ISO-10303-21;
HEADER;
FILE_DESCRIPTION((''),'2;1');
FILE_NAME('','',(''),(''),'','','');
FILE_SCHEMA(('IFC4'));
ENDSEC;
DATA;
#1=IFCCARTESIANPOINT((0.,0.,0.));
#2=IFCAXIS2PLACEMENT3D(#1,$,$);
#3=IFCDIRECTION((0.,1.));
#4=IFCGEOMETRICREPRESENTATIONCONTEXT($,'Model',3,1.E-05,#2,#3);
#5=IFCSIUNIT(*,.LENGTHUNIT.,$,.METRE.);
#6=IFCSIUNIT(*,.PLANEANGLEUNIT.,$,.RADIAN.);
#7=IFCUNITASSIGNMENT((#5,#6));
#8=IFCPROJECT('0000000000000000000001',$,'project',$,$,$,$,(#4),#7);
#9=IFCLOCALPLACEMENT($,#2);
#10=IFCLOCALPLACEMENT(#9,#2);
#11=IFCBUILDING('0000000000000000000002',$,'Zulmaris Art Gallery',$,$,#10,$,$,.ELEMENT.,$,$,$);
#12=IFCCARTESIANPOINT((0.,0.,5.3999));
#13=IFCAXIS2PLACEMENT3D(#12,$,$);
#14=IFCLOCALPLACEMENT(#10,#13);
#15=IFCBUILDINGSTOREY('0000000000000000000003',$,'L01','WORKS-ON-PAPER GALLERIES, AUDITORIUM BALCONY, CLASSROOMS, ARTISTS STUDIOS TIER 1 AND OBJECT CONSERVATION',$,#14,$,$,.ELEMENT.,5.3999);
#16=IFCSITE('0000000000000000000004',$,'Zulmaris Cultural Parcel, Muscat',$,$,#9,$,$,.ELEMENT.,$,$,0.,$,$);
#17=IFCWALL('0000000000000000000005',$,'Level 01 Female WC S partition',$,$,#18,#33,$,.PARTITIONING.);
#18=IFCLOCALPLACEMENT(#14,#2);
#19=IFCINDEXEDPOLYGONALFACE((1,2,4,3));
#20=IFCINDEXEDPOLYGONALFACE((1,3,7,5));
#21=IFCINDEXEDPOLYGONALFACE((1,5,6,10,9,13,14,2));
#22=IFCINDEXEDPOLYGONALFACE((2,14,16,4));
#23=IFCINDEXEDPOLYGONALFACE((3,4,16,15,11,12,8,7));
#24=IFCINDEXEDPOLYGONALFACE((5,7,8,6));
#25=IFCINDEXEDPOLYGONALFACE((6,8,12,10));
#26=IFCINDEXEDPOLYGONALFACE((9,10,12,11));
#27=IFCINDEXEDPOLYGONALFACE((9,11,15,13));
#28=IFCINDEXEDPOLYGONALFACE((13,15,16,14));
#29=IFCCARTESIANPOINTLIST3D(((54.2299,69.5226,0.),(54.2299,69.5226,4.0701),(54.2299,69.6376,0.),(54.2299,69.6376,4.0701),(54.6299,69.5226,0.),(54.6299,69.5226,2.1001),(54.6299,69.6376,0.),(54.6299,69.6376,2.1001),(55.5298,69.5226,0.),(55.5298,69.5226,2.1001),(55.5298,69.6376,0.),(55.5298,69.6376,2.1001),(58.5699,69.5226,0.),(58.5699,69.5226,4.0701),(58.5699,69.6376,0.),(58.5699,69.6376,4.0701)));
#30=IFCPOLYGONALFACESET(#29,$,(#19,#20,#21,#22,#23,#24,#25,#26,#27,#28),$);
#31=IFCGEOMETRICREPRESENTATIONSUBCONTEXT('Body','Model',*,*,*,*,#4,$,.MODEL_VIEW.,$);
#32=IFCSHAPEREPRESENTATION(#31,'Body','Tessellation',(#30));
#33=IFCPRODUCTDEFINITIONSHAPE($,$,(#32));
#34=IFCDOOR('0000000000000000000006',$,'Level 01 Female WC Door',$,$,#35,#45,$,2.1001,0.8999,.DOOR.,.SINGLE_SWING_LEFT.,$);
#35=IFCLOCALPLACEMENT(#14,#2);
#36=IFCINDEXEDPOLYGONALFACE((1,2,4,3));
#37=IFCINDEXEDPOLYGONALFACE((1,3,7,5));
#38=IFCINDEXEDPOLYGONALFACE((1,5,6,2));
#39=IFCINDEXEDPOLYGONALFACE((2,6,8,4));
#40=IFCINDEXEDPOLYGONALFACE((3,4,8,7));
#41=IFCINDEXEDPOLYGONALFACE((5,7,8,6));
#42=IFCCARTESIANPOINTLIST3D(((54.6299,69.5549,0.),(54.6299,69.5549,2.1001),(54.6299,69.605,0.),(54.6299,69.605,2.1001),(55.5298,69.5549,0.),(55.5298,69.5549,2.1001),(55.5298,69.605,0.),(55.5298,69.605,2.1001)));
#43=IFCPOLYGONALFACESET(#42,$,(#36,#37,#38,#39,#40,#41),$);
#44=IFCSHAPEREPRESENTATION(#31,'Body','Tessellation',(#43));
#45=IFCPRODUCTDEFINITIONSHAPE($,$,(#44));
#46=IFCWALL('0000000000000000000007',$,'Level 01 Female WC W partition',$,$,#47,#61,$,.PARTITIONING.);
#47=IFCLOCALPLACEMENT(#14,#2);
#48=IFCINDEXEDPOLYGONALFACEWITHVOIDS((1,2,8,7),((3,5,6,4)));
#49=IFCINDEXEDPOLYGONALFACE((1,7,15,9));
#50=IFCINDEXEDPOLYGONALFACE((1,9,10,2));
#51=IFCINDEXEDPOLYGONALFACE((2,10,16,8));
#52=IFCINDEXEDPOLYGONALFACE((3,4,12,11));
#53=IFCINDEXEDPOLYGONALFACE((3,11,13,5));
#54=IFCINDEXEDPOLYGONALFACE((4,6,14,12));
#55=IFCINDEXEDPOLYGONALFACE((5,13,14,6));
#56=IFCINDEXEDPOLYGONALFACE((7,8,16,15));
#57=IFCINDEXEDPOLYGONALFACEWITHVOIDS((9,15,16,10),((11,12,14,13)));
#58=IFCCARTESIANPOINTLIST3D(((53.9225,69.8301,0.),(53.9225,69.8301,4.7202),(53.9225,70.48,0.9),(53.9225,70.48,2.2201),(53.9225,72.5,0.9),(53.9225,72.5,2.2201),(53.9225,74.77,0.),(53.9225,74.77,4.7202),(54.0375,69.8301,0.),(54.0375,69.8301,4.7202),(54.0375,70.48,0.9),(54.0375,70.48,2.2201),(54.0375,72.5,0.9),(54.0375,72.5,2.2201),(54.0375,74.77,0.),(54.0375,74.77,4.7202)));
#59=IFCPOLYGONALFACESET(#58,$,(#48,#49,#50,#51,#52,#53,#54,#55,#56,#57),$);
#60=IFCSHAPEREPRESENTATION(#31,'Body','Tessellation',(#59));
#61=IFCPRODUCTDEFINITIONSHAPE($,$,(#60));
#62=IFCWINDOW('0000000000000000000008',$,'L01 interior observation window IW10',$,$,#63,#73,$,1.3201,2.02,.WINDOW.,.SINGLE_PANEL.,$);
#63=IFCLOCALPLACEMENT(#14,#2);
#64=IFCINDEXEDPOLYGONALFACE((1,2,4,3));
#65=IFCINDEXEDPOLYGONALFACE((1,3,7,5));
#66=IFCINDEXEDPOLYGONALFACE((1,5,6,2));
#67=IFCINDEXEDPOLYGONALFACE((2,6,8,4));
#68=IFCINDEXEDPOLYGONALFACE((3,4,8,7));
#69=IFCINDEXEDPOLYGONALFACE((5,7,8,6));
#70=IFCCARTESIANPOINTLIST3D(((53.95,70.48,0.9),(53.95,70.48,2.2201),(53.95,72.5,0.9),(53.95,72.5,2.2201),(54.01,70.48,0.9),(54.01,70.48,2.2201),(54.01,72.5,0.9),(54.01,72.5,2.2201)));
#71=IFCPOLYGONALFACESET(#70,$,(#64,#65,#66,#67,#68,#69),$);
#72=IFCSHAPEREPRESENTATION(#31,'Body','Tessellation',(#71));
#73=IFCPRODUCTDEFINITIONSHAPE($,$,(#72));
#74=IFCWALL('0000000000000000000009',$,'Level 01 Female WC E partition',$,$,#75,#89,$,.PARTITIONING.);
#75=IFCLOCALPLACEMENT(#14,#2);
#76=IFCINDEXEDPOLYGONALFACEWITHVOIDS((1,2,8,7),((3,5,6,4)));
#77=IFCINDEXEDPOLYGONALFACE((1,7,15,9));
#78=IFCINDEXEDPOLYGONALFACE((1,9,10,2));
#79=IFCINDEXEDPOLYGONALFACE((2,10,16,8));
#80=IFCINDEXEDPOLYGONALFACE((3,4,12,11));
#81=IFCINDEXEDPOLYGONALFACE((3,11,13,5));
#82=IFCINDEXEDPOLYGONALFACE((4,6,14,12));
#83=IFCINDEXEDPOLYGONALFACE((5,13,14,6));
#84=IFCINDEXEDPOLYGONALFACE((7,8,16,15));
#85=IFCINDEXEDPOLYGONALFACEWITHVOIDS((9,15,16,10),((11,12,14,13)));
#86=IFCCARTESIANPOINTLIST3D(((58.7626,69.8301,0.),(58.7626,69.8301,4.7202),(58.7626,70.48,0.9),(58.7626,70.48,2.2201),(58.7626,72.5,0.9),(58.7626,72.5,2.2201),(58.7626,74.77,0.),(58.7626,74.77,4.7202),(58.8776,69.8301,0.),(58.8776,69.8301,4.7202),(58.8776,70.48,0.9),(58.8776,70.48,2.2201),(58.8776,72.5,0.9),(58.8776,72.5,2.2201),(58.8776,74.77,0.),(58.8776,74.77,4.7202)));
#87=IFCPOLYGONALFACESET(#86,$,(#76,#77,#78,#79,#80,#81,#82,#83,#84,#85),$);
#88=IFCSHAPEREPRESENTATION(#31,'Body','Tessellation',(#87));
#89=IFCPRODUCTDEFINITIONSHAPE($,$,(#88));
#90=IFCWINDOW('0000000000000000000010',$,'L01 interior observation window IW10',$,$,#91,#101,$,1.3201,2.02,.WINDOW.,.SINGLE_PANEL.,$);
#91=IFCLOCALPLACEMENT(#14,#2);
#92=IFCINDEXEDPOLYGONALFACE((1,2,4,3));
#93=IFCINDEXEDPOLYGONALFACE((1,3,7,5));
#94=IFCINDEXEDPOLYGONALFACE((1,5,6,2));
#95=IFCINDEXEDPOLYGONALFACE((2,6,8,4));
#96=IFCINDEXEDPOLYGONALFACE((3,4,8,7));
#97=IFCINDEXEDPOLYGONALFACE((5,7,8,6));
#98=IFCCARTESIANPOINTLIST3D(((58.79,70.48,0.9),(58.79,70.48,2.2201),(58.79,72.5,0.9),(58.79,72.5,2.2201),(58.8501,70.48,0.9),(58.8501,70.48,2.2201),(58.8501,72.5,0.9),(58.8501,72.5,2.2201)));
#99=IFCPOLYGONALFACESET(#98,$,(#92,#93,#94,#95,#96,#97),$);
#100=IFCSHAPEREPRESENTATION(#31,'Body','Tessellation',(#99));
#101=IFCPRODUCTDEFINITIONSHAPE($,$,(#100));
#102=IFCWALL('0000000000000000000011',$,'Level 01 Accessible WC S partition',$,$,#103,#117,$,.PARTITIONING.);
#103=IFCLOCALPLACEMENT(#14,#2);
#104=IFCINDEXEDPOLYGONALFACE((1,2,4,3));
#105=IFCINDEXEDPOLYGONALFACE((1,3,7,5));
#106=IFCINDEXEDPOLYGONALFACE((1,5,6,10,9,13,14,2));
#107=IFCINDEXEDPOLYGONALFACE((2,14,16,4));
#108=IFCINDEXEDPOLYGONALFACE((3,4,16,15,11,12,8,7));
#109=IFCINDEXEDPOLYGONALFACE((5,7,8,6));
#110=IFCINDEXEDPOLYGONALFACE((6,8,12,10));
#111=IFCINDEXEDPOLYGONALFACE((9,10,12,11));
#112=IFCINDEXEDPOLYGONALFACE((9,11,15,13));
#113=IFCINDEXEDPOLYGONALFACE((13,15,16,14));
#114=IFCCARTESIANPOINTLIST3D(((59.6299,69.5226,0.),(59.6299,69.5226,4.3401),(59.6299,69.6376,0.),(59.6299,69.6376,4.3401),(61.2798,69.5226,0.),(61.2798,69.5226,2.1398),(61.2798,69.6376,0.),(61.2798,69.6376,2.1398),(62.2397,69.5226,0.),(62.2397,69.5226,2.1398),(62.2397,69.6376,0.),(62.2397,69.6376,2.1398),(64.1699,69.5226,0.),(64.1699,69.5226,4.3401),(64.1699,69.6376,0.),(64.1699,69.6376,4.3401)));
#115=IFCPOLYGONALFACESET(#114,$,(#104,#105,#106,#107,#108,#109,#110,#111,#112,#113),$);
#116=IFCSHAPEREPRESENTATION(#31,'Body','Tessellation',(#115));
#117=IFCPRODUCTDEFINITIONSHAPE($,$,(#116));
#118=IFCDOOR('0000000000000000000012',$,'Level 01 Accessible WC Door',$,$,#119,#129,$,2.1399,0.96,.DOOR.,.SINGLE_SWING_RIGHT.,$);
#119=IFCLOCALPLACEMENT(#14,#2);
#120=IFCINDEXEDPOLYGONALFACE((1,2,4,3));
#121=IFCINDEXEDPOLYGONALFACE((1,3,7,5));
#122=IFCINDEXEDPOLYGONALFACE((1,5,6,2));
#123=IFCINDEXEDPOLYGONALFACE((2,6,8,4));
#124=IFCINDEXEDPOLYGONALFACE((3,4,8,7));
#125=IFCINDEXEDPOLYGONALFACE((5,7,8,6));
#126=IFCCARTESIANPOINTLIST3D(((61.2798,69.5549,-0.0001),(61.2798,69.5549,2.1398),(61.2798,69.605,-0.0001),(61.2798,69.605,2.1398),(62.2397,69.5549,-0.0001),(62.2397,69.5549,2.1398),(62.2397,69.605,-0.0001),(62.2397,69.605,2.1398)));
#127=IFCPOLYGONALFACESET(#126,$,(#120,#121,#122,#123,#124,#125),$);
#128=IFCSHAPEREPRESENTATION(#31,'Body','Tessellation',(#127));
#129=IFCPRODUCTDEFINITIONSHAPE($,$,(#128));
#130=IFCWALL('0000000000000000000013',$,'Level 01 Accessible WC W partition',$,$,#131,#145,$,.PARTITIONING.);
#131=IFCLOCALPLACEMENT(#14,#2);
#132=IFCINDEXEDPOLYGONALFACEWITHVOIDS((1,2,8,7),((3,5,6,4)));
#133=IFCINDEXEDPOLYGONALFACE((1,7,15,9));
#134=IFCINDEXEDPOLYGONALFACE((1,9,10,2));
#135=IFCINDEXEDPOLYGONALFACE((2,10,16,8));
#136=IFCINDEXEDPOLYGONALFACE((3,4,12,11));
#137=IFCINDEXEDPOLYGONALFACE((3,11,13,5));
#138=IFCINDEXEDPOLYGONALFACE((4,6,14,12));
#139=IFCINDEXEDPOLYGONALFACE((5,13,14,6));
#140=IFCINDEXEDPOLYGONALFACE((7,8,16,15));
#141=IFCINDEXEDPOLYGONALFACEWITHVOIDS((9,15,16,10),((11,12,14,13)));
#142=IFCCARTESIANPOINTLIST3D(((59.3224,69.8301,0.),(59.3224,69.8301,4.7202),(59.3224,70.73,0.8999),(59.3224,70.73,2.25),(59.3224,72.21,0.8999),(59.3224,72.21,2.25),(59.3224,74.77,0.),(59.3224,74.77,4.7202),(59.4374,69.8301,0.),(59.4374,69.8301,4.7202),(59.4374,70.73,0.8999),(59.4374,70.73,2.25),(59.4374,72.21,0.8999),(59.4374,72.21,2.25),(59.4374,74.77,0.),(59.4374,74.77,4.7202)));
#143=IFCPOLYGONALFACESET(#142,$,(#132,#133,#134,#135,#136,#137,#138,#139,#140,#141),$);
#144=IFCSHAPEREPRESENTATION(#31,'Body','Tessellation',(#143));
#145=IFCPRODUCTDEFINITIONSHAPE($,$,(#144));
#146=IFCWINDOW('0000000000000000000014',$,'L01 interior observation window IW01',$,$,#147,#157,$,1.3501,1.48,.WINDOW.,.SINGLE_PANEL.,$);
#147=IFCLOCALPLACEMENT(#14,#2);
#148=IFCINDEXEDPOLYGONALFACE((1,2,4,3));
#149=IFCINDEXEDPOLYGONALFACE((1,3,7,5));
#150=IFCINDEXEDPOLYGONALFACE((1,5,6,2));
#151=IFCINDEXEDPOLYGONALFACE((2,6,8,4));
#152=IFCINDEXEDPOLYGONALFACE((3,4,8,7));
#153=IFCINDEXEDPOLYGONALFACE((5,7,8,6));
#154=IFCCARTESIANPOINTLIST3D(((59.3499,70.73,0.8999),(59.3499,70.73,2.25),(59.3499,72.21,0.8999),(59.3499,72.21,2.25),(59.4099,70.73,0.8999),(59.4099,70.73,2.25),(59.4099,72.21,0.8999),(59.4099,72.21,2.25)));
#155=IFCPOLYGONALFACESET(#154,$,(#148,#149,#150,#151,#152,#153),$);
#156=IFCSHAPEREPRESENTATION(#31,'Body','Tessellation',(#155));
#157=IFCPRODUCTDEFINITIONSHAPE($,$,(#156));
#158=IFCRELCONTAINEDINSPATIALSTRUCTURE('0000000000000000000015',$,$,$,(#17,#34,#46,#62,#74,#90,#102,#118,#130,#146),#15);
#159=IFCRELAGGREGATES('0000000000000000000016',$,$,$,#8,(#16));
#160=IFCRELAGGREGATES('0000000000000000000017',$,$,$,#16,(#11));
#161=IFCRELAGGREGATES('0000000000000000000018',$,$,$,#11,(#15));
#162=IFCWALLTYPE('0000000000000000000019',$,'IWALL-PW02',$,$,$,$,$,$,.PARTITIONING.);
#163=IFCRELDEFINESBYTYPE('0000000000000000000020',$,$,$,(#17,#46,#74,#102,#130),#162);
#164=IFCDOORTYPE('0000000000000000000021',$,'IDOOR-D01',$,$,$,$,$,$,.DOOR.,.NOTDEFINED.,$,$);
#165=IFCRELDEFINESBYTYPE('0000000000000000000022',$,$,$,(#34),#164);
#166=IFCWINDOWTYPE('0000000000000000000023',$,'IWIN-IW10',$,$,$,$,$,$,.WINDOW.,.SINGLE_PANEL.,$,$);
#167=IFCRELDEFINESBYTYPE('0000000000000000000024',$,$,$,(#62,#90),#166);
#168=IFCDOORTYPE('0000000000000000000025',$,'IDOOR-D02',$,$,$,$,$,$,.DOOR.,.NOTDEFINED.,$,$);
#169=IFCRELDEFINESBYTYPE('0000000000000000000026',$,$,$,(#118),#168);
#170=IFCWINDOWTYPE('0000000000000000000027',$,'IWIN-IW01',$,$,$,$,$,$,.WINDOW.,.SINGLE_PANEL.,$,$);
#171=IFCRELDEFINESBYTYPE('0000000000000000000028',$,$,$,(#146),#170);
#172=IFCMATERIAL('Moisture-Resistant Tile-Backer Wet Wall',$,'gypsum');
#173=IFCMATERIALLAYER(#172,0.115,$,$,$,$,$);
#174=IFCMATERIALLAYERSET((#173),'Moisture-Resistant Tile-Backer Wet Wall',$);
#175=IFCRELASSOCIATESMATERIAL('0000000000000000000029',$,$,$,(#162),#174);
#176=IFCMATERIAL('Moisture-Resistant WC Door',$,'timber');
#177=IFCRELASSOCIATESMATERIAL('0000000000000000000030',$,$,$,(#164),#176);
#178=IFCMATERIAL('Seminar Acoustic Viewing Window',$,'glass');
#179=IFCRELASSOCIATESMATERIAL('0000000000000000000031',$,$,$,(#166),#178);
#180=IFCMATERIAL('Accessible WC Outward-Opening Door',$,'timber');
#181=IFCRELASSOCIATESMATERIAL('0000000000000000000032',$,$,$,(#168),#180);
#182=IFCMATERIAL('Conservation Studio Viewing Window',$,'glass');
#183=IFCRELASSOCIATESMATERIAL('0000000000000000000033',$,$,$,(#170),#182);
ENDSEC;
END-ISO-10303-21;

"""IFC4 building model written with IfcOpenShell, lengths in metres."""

from ifc_helpers import new_model, si_unit, direction, frame, frame_2d, origin, place, context, subcontext, project, spatial, rectangle, extrude, material, layer, layer_set, type_object, element, fill, save


model = new_model("IFC4")

# Units and contexts
model_context = context("Model", 3, precision=1e-05, world=origin(), true_north=direction((0.0, 1.0)))
body_context = subcontext(model_context, "Body", "Model", "MODEL_VIEW")
ifc_project = project(units=[si_unit("LENGTHUNIT", "METRE"), si_unit("PLANEANGLEUNIT", "RADIAN")], contexts=[model_context])

# Site, building, storey
site_placement = place(None, origin())
site = spatial("IfcSite", under=ifc_project, at=site_placement, Name="Zulmaris Cultural Parcel, Muscat", CompositionType="ELEMENT", RefElevation=0.0)
building_placement = place(site_placement, origin())
building = spatial("IfcBuilding", under=site, at=building_placement, Name="Zulmaris Art Gallery", CompositionType="ELEMENT")
storey_placement = place(building_placement, frame((0.0, 0.0, 5.3999)))
storey = spatial("IfcBuildingStorey", under=building, at=storey_placement, Name="L01", Description="WORKS-ON-PAPER GALLERIES, AUDITORIUM BALCONY, CLASSROOMS, ARTISTS STUDIOS TIER 1 AND OBJECT CONSERVATION", CompositionType="ELEMENT", Elevation=5.3999)

# Shared definitions
ifc_material_1 = material(Name="Moisture-Resistant Tile-Backer Wet Wall", Category="gypsum")
ifc_layer_1 = layer(ifc_material_1, 0.115)
ifc_layer_set_1 = layer_set([ifc_layer_1], Name="Moisture-Resistant Tile-Backer Wet Wall")
wall_type_1 = type_object("IfcWallType", Name="IWALL-PW02", PredefinedType="PARTITIONING", material=ifc_layer_set_1)

# Wall, opening, door
wall_1_placement = place(storey_placement, frame((54.23, 69.5801, 0.0), z_axis=(0.0, 0.0, 1.0), x_axis=(1.0, 0.0, 0.0)))
wall_1 = element("IfcWall", 1, at=wall_1_placement, inside=storey, type_object=wall_type_1, Name="Level 01 Female WC S partition", PredefinedType="PARTITIONING", context=body_context, shape_type="SweptSolid", body=[
    extrude(rectangle(XDim=4.3401, YDim=0.115, at=frame_2d((2.1699, 0.0))), origin(), (0.0, 0.0, 1.0), 4.0701),
])
opening_1_placement = place(wall_1_placement, frame((0.3999, 0.0, 0.0)))
opening_1 = element("IfcOpeningElement", 2, at=opening_1_placement, cuts=wall_1, PredefinedType="OPENING", context=body_context, shape_type="SweptSolid", body=[
    extrude(rectangle(XDim=0.8999, YDim=2.1001, at=frame_2d((0.45, 1.05))), frame((0.0, 0.0674, 0.0), z_axis=(0.0, -1.0, 0.0), x_axis=(1.0, 0.0, 0.0)), (0.0, 0.0, 1.0), 0.135),
])
ifc_material_2 = material(Name="Moisture-Resistant WC Door", Category="timber")
door_type_1 = type_object("IfcDoorType", Name="IDOOR-D01", OperationType="NOTDEFINED", PredefinedType="DOOR", material=ifc_material_2)
door_1_placement = place(opening_1_placement, origin())
door_1 = element("IfcDoor", 3, at=door_1_placement, inside=storey, type_object=door_type_1, Name="Level 01 Female WC Door", OperationType="SINGLE_SWING_LEFT", OverallHeight=2.1001, OverallWidth=0.8999, PredefinedType="DOOR", context=body_context, shape_type="SweptSolid", body=[
    extrude(rectangle(XDim=0.8999, YDim=2.1001, at=frame_2d((0.45, 1.05))), frame((0.0, 0.0249, 0.0), z_axis=(0.0, -1.0, 0.0), x_axis=(1.0, 0.0, 0.0)), (0.0, 0.0, 1.0), 0.05),
])
fill(opening_1, door_1)

# Walls, openings, windows
wall_2_placement = place(storey_placement, frame((53.98, 69.8301, 0.0), z_axis=(0.0, 0.0, 1.0), x_axis=(0.0, 1.0, 0.0)))
wall_2 = element("IfcWall", 4, at=wall_2_placement, inside=storey, type_object=wall_type_1, Name="Level 01 Female WC W partition", PredefinedType="PARTITIONING", context=body_context, shape_type="SweptSolid", body=[
    extrude(rectangle(XDim=4.9399, YDim=0.115, at=frame_2d((2.47, 0.0))), origin(), (0.0, 0.0, 1.0), 4.7202),
])
opening_2_placement = place(wall_2_placement, frame((0.6499, 0.0, 0.8999)))
opening_2 = element("IfcOpeningElement", 5, at=opening_2_placement, cuts=wall_2, PredefinedType="OPENING", context=body_context, shape_type="SweptSolid", body=[
    extrude(rectangle(XDim=2.02, YDim=1.3201, at=frame_2d((1.01, 0.6602))), frame((0.0, 0.0674, 0.0), z_axis=(0.0, -1.0, 0.0), x_axis=(1.0, 0.0, 0.0)), (0.0, 0.0, 1.0), 0.135),
])
ifc_material_3 = material(Name="Seminar Acoustic Viewing Window", Category="glass")
window_type_1 = type_object("IfcWindowType", Name="IWIN-IW10", PartitioningType="SINGLE_PANEL", PredefinedType="WINDOW", material=ifc_material_3)
window_1_placement = place(opening_2_placement, origin())
window_1 = element("IfcWindow", 6, at=window_1_placement, inside=storey, type_object=window_type_1, Name="L01 interior observation window IW10", OverallHeight=1.3201, OverallWidth=2.02, PartitioningType="SINGLE_PANEL", PredefinedType="WINDOW", context=body_context, shape_type="SweptSolid", body=[
    extrude(rectangle(XDim=2.02, YDim=1.3201, at=frame_2d((1.01, 0.6602))), frame((0.0, 0.03, 0.0), z_axis=(0.0, -1.0, 0.0), x_axis=(1.0, 0.0, 0.0)), (0.0, 0.0, 1.0), 0.0601),
])
fill(opening_2, window_1)
wall_3_placement = place(storey_placement, frame((58.8201, 69.8301, 0.0), z_axis=(0.0, 0.0, 1.0), x_axis=(0.0, 1.0, 0.0)))
wall_3 = element("IfcWall", 7, at=wall_3_placement, inside=storey, type_object=wall_type_1, Name="Level 01 Female WC E partition", PredefinedType="PARTITIONING", context=body_context, shape_type="SweptSolid", body=[
    extrude(rectangle(XDim=4.9399, YDim=0.115, at=frame_2d((2.47, 0.0))), origin(), (0.0, 0.0, 1.0), 4.7202),
])
opening_3_placement = place(wall_3_placement, frame((0.6499, 0.0, 0.8999)))
opening_3 = element("IfcOpeningElement", 8, at=opening_3_placement, cuts=wall_3, PredefinedType="OPENING", context=body_context, shape_type="SweptSolid", body=[
    extrude(rectangle(XDim=2.02, YDim=1.3201, at=frame_2d((1.01, 0.6602))), frame((0.0, 0.0674, 0.0), z_axis=(0.0, -1.0, 0.0), x_axis=(1.0, 0.0, 0.0)), (0.0, 0.0, 1.0), 0.135),
])
window_2_placement = place(opening_3_placement, origin())
window_2 = element("IfcWindow", 9, at=window_2_placement, inside=storey, type_object=window_type_1, Name="L01 interior observation window IW10", OverallHeight=1.3201, OverallWidth=2.02, PartitioningType="SINGLE_PANEL", PredefinedType="WINDOW", context=body_context, shape_type="SweptSolid", body=[
    extrude(rectangle(XDim=2.02, YDim=1.3201, at=frame_2d((1.01, 0.6602))), frame((0.0, 0.03, 0.0), z_axis=(0.0, -1.0, 0.0), x_axis=(1.0, 0.0, 0.0)), (0.0, 0.0, 1.0), 0.0601),
])
fill(opening_3, window_2)

# Wall, opening, door
wall_4_placement = place(storey_placement, frame((59.6299, 69.5801, 0.0), z_axis=(0.0, 0.0, 1.0), x_axis=(1.0, 0.0, 0.0)))
wall_4 = element("IfcWall", 10, at=wall_4_placement, inside=storey, type_object=wall_type_1, Name="Level 01 Accessible WC S partition", PredefinedType="PARTITIONING", context=body_context, shape_type="SweptSolid", body=[
    extrude(rectangle(XDim=4.54, YDim=0.115, at=frame_2d((2.27, 0.0))), origin(), (0.0, 0.0, 1.0), 4.3401),
])
opening_4_placement = place(wall_4_placement, frame((1.6499, 0.0, 0.0)))
opening_4 = element("IfcOpeningElement", 11, at=opening_4_placement, cuts=wall_4, PredefinedType="OPENING", context=body_context, shape_type="SweptSolid", body=[
    extrude(rectangle(XDim=0.96, YDim=2.1399, at=frame_2d((0.48, 1.0698))), frame((0.0, 0.0674, 0.0), z_axis=(0.0, -1.0, 0.0), x_axis=(1.0, 0.0, 0.0)), (0.0, 0.0, 1.0), 0.135),
])
ifc_material_4 = material(Name="Accessible WC Outward-Opening Door", Category="timber")
door_type_2 = type_object("IfcDoorType", Name="IDOOR-D02", OperationType="NOTDEFINED", PredefinedType="DOOR", material=ifc_material_4)
door_2_placement = place(opening_4_placement, origin())
door_2 = element("IfcDoor", 12, at=door_2_placement, inside=storey, type_object=door_type_2, Name="Level 01 Accessible WC Door", OperationType="SINGLE_SWING_RIGHT", OverallHeight=2.1399, OverallWidth=0.96, PredefinedType="DOOR", context=body_context, shape_type="SweptSolid", body=[
    extrude(rectangle(XDim=0.96, YDim=2.1399, at=frame_2d((0.48, 1.0698))), frame((0.0, 0.0249, 0.0), z_axis=(0.0, -1.0, 0.0), x_axis=(1.0, 0.0, 0.0)), (0.0, 0.0, 1.0), 0.05),
])
fill(opening_4, door_2)

# Wall, opening, window
wall_5_placement = place(storey_placement, frame((59.3799, 69.8301, 0.0), z_axis=(0.0, 0.0, 1.0), x_axis=(0.0, 1.0, 0.0)))
wall_5 = element("IfcWall", 13, at=wall_5_placement, inside=storey, type_object=wall_type_1, Name="Level 01 Accessible WC W partition", PredefinedType="PARTITIONING", context=body_context, shape_type="SweptSolid", body=[
    extrude(rectangle(XDim=4.9399, YDim=0.115, at=frame_2d((2.47, 0.0))), origin(), (0.0, 0.0, 1.0), 4.7202),
])
opening_5_placement = place(wall_5_placement, frame((0.8999, 0.0, 0.8999)))
opening_5 = element("IfcOpeningElement", 14, at=opening_5_placement, cuts=wall_5, PredefinedType="OPENING", context=body_context, shape_type="SweptSolid", body=[
    extrude(rectangle(XDim=1.48, YDim=1.3501, at=frame_2d((0.74, 0.675))), frame((0.0, 0.0674, 0.0), z_axis=(0.0, -1.0, 0.0), x_axis=(1.0, 0.0, 0.0)), (0.0, 0.0, 1.0), 0.135),
])
ifc_material_5 = material(Name="Conservation Studio Viewing Window", Category="glass")
window_type_2 = type_object("IfcWindowType", Name="IWIN-IW01", PartitioningType="SINGLE_PANEL", PredefinedType="WINDOW", material=ifc_material_5)
window_3_placement = place(opening_5_placement, origin())
window_3 = element("IfcWindow", 15, at=window_3_placement, inside=storey, type_object=window_type_2, Name="L01 interior observation window IW01", OverallHeight=1.3501, OverallWidth=1.48, PartitioningType="SINGLE_PANEL", PredefinedType="WINDOW", context=body_context, shape_type="SweptSolid", body=[
    extrude(rectangle(XDim=1.48, YDim=1.3501, at=frame_2d((0.74, 0.675))), frame((0.0, 0.03, 0.0), z_axis=(0.0, -1.0, 0.0), x_axis=(1.0, 0.0, 0.0)), (0.0, 0.0, 1.0), 0.0601),
])
fill(opening_5, window_3)

save(model, "model.ifc")
